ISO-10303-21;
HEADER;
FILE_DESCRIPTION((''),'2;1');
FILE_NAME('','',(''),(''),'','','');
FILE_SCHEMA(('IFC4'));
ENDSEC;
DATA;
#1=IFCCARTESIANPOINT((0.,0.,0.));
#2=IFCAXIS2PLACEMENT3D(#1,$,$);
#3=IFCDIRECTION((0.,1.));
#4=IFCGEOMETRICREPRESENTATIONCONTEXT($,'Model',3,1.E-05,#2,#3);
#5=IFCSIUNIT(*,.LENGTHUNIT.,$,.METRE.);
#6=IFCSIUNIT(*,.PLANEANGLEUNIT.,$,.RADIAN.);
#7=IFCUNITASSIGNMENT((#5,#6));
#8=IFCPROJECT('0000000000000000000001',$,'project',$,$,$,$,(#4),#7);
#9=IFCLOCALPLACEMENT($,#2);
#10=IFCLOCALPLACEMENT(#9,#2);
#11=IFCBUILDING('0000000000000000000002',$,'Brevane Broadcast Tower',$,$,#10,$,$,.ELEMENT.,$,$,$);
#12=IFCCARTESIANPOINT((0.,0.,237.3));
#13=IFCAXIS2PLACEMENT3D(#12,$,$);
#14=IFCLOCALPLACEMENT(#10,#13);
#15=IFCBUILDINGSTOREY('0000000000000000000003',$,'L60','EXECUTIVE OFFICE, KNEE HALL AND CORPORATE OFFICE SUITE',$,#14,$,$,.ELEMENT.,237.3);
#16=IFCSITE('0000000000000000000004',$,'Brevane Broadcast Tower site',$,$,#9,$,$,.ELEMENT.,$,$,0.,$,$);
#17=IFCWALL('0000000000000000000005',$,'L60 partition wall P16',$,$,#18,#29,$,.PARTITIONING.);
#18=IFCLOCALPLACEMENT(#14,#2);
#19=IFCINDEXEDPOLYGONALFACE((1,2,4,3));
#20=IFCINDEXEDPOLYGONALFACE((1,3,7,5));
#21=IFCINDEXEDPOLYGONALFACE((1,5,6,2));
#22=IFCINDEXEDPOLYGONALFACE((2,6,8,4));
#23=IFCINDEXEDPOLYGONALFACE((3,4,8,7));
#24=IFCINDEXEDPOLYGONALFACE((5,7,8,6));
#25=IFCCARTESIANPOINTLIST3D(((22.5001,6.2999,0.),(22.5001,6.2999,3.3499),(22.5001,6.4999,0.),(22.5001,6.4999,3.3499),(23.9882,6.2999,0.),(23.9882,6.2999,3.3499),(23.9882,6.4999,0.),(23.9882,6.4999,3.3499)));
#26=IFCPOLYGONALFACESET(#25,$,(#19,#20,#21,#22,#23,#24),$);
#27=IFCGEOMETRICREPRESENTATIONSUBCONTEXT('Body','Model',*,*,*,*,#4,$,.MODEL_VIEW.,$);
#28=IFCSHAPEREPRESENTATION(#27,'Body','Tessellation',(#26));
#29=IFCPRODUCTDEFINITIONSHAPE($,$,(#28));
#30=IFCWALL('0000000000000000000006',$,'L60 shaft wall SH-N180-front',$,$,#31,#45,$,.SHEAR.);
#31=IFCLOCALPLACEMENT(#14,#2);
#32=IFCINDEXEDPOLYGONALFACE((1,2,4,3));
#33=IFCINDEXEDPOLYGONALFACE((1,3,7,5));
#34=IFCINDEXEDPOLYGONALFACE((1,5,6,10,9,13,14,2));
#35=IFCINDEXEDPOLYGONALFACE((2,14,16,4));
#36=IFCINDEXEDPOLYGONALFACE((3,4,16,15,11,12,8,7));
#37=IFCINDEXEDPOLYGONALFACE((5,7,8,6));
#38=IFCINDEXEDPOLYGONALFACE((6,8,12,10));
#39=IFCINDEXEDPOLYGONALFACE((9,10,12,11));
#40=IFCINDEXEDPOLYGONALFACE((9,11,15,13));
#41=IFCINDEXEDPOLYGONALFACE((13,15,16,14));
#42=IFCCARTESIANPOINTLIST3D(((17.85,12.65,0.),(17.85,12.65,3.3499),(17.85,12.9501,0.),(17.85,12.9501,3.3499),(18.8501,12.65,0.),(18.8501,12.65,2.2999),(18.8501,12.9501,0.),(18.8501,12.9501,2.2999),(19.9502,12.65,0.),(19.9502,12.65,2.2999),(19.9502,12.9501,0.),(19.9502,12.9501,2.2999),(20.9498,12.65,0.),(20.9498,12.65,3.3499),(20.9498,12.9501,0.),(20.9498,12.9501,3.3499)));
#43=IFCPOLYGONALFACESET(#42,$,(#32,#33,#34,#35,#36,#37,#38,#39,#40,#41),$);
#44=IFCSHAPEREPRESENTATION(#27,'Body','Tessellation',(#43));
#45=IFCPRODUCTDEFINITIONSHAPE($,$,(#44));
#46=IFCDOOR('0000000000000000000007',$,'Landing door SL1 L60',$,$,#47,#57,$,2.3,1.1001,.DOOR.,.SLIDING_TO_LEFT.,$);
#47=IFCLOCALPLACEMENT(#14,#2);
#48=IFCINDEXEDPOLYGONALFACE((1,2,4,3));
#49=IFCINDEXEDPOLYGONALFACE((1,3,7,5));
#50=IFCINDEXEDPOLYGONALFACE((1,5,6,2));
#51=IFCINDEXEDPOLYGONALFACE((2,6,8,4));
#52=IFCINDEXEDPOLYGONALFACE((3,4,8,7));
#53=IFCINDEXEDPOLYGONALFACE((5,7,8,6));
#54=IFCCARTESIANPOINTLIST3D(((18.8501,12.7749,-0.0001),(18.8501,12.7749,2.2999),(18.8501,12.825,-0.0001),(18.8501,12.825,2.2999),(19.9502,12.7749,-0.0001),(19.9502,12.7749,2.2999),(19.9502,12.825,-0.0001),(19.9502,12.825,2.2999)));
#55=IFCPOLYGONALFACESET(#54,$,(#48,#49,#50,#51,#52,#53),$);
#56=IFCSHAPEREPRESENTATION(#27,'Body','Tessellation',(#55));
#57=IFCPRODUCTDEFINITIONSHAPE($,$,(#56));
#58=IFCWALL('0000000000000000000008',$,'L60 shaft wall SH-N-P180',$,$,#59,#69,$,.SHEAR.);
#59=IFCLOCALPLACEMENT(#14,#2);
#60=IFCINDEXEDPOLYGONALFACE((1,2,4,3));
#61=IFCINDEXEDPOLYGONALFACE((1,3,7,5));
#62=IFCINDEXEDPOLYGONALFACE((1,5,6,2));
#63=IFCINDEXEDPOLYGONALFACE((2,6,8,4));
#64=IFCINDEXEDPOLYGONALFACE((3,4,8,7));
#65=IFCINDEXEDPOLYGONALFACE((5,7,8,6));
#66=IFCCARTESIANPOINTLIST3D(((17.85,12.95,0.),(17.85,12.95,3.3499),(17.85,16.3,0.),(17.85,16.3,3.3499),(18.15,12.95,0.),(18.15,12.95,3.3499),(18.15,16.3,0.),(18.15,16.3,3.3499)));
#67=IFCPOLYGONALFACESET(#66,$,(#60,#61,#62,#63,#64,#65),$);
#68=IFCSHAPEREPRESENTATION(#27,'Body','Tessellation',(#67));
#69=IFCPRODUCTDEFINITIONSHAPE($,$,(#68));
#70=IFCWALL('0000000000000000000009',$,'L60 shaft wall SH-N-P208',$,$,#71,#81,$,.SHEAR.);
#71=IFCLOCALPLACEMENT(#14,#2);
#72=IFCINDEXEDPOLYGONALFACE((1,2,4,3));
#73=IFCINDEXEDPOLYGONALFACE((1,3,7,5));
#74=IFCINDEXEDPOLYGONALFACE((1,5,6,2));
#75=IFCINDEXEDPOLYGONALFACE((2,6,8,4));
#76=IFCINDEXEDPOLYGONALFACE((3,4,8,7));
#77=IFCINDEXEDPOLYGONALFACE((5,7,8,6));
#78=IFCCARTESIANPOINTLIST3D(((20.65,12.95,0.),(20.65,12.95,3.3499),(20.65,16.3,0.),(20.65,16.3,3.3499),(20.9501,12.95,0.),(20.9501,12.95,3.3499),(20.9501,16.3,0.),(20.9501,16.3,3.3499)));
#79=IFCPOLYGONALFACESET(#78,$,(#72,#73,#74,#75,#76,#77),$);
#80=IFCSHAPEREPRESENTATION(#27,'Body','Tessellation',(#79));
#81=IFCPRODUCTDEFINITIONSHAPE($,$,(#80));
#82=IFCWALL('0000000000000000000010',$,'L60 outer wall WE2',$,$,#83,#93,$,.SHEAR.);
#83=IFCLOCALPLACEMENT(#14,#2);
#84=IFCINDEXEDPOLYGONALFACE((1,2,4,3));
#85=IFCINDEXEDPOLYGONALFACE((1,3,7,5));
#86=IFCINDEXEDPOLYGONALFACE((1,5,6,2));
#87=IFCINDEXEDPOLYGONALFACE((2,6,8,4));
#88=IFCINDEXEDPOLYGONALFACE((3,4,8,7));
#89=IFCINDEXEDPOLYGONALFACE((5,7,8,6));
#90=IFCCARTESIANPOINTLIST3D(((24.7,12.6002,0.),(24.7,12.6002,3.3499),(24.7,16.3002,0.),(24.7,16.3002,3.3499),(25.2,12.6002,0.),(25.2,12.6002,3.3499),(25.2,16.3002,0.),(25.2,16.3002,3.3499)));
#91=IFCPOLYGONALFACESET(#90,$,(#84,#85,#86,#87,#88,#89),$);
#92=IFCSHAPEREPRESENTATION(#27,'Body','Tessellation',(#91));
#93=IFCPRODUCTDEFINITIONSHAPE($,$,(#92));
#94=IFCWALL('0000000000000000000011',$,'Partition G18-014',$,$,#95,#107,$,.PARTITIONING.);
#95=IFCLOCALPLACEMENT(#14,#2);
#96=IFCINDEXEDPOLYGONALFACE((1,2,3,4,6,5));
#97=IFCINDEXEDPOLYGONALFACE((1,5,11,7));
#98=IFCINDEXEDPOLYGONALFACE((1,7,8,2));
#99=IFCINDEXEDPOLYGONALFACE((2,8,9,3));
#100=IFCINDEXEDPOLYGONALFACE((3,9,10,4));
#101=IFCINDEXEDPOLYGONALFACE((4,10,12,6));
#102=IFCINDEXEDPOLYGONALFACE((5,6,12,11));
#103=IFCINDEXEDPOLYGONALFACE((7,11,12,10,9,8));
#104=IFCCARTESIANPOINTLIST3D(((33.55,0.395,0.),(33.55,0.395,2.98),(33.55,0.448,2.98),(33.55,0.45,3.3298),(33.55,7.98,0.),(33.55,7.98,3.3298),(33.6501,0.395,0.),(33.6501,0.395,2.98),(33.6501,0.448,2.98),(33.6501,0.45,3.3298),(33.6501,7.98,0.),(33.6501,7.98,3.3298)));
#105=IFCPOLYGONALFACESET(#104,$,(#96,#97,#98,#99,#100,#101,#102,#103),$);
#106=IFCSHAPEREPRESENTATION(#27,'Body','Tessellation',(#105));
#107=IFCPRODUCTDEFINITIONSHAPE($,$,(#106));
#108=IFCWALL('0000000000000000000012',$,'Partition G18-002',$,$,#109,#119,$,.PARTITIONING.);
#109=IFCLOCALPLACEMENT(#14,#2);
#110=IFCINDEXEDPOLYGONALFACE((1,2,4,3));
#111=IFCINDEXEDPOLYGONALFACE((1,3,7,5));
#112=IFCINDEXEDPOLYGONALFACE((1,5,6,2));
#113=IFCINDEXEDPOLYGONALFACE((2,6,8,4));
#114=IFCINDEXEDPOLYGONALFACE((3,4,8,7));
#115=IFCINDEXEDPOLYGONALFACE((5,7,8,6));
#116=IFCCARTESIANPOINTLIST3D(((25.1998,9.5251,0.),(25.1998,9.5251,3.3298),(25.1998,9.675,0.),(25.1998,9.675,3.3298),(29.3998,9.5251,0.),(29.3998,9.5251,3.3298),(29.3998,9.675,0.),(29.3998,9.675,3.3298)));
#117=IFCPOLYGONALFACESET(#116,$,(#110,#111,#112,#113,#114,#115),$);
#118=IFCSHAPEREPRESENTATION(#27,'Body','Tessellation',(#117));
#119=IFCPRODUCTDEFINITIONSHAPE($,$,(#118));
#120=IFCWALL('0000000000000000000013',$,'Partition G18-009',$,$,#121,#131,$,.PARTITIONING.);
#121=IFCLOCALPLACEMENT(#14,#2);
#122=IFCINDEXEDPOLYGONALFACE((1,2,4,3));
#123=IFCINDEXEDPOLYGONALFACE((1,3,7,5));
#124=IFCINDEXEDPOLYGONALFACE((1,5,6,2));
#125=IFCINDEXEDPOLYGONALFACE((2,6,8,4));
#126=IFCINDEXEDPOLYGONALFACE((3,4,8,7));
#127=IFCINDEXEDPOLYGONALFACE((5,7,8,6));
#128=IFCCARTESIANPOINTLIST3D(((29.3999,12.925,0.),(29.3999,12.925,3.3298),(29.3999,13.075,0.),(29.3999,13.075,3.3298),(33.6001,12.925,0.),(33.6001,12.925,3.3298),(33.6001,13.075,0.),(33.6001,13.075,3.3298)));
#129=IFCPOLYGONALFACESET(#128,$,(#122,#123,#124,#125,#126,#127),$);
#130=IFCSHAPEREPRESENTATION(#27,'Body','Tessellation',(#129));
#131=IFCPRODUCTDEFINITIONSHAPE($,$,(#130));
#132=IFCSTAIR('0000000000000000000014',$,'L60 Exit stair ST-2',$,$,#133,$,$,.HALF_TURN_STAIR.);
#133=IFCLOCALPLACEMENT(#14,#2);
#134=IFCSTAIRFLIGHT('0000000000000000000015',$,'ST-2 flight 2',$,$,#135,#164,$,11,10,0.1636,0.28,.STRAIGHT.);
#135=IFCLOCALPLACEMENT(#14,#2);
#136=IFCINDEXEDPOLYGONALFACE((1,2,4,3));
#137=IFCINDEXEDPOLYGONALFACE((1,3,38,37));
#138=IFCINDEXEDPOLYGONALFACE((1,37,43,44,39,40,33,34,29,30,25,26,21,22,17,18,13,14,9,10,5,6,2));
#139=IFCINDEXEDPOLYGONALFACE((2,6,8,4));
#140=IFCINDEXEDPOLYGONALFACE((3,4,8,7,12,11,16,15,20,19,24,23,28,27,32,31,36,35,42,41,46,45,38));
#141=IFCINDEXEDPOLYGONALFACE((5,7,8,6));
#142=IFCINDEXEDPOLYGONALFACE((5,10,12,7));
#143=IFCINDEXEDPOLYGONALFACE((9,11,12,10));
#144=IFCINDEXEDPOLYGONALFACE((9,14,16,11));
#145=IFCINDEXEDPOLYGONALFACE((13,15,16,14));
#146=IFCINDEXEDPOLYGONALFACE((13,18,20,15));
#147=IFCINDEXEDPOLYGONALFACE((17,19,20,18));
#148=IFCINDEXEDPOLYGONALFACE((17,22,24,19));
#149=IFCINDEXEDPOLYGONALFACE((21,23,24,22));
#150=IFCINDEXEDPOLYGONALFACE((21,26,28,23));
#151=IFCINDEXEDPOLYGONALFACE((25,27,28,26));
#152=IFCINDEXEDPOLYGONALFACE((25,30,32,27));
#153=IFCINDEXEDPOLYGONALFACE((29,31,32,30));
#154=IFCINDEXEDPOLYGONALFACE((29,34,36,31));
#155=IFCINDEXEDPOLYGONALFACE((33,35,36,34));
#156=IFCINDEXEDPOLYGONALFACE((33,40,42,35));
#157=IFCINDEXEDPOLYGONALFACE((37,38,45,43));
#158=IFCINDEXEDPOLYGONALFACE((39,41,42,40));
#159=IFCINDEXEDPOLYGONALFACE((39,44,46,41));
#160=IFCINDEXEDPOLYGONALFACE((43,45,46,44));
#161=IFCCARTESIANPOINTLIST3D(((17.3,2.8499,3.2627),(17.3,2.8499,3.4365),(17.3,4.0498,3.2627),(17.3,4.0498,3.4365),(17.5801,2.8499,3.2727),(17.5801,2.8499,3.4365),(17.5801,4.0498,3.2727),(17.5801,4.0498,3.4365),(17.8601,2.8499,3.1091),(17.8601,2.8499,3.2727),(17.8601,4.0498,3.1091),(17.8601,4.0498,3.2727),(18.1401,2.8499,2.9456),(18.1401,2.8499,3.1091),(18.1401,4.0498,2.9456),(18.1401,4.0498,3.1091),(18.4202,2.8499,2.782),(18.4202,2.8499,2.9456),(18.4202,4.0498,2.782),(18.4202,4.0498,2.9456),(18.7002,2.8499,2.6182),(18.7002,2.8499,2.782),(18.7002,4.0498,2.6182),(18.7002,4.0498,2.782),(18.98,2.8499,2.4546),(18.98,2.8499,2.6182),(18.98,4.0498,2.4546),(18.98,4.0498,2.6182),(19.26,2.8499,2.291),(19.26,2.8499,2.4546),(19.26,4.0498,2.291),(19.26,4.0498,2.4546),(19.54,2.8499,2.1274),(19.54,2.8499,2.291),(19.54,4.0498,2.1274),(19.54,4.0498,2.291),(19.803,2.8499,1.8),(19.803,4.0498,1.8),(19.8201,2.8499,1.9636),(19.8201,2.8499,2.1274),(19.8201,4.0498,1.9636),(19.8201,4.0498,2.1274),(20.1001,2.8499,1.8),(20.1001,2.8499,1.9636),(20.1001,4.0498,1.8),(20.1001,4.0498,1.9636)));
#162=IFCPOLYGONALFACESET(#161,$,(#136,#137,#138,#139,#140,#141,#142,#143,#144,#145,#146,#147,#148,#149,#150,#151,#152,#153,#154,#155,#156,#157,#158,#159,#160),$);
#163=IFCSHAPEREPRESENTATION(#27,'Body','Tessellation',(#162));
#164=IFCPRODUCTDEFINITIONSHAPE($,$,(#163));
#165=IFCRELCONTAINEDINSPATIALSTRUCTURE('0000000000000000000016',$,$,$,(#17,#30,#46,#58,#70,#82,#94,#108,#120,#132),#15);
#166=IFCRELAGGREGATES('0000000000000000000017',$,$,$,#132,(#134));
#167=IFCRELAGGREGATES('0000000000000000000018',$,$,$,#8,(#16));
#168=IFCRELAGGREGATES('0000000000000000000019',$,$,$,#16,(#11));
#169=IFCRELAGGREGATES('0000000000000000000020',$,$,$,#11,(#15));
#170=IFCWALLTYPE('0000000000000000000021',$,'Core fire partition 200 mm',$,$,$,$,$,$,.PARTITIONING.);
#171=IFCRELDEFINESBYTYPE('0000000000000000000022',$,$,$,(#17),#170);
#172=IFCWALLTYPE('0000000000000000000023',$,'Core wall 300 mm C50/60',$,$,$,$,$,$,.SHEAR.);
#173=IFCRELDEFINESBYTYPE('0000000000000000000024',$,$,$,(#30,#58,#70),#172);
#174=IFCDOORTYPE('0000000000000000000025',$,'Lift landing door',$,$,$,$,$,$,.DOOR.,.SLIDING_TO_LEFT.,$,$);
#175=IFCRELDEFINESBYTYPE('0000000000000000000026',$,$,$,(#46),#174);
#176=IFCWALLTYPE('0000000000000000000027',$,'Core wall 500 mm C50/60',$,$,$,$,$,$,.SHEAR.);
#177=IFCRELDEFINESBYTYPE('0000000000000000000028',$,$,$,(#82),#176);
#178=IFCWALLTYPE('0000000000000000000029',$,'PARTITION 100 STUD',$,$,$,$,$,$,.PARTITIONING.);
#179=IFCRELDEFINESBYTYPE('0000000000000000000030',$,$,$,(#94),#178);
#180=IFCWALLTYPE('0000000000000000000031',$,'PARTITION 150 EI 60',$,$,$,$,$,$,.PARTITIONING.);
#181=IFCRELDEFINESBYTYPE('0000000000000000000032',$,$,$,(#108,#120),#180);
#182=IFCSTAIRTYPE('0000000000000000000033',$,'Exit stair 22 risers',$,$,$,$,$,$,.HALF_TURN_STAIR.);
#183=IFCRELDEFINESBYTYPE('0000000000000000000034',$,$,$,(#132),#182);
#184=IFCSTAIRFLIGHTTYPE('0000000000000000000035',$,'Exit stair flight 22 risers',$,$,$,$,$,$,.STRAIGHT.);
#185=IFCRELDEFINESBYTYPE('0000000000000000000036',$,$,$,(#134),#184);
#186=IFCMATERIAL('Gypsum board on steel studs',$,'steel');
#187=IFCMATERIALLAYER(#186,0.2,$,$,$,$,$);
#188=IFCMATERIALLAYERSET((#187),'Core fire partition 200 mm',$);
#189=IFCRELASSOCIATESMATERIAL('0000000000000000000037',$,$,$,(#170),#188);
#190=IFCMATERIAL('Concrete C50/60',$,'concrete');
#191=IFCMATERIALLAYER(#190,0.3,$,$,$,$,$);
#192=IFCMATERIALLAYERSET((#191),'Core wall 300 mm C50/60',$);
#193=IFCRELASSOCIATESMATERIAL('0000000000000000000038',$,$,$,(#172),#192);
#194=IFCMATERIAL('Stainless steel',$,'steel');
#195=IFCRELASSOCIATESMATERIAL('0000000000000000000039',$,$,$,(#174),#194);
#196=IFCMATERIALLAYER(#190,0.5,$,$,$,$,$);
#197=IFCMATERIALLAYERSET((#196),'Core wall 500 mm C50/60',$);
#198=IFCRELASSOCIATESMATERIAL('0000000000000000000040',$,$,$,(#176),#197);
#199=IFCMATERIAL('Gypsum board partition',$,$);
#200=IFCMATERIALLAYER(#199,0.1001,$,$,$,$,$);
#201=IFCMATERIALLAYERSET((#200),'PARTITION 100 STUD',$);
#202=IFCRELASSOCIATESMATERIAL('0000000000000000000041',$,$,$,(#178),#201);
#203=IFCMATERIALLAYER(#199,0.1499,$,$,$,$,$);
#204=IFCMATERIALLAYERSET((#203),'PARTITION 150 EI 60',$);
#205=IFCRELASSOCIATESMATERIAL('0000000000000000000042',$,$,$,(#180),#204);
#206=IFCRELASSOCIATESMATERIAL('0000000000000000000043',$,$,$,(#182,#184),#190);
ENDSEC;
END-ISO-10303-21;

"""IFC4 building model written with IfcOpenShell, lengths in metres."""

from ifc_helpers import new_model, si_unit, direction, frame, frame_2d, origin, place, context, subcontext, project, spatial, polyline, rectangle, outline, extrude, material, layer, layer_set, type_object, element, fill, aggregate, save


model = new_model("IFC4")

# Units and contexts
model_context = context("Model", 3, precision=1e-05, world=origin(), true_north=direction((0.0, 1.0)))
body_context = subcontext(model_context, "Body", "Model", "MODEL_VIEW")
ifc_project = project(units=[si_unit("LENGTHUNIT", "METRE"), si_unit("PLANEANGLEUNIT", "RADIAN")], contexts=[model_context])

# Site, building, storey
site_placement = place(None, origin())
site = spatial("IfcSite", under=ifc_project, at=site_placement, Name="Brevane Broadcast Tower site", CompositionType="ELEMENT", RefElevation=0.0)
building_placement = place(site_placement, origin())
building = spatial("IfcBuilding", under=site, at=building_placement, Name="Brevane Broadcast Tower", CompositionType="ELEMENT")
storey_placement = place(building_placement, frame((0.0, 0.0, 237.3)))
storey = spatial("IfcBuildingStorey", under=building, at=storey_placement, Name="L60", Description="EXECUTIVE OFFICE, KNEE HALL AND CORPORATE OFFICE SUITE", CompositionType="ELEMENT", Elevation=237.3)

# Shared definitions
ifc_material_1 = material(Name="Concrete C50/60", Category="concrete")

# Shared definitions
ifc_material_2 = material(Name="Gypsum board on steel studs", Category="steel")

# Shared definitions
ifc_layer_1 = layer(ifc_material_2, 0.2)
ifc_layer_set_1 = layer_set([ifc_layer_1], Name="Core fire partition 200 mm")
wall_type_1 = type_object("IfcWallType", Name="Core fire partition 200 mm", PredefinedType="PARTITIONING", material=ifc_layer_set_1)

# Wall
wall_1_placement = place(storey_placement, frame((22.5, 6.3999, 0.0), z_axis=(0.0, 0.0, 1.0), x_axis=(1.0, 0.0, 0.0)))
element("IfcWall", 1, at=wall_1_placement, inside=storey, type_object=wall_type_1, Name="L60 partition wall P16", PredefinedType="PARTITIONING", context=body_context, shape_type="SweptSolid", body=[
    extrude(rectangle(XDim=1.488, YDim=0.2, at=frame_2d((0.7441, 0.0))), origin(), (0.0, 0.0, 1.0), 3.3499),
])

# Wall, opening, door
ifc_layer_2 = layer(ifc_material_1, 0.3)
ifc_layer_set_2 = layer_set([ifc_layer_2], Name="Core wall 300 mm C50/60")
wall_type_2 = type_object("IfcWallType", Name="Core wall 300 mm C50/60", PredefinedType="SHEAR", material=ifc_layer_set_2)
wall_2_placement = place(storey_placement, frame((17.8501, 12.8, 0.0), z_axis=(0.0, 0.0, 1.0), x_axis=(1.0, 0.0, 0.0)))
wall_2 = element("IfcWall", 2, at=wall_2_placement, inside=storey, type_object=wall_type_2, Name="L60 shaft wall SH-N180-front", PredefinedType="SHEAR", context=body_context, shape_type="SweptSolid", body=[
    extrude(rectangle(XDim=3.0999, YDim=0.3, at=frame_2d((1.5498, 0.0))), origin(), (0.0, 0.0, 1.0), 3.3499),
])
opening_1_placement = place(wall_2_placement, frame((1.0, 0.0, 0.0)))
opening_1 = element("IfcOpeningElement", 3, at=opening_1_placement, cuts=wall_2, PredefinedType="OPENING", context=body_context, shape_type="SweptSolid", body=[
    extrude(rectangle(XDim=1.1001, YDim=2.3, at=frame_2d((0.55, 1.1499))), frame((0.0, 0.1599, 0.0), z_axis=(0.0, -1.0, 0.0), x_axis=(1.0, 0.0, 0.0)), (0.0, 0.0, 1.0), 0.3201),
])
ifc_material_3 = material(Name="Stainless steel", Category="steel")
door_type_1 = type_object("IfcDoorType", Name="Lift landing door", OperationType="SLIDING_TO_LEFT", PredefinedType="DOOR", material=ifc_material_3)
door_1_placement = place(opening_1_placement, origin())
door_1 = element("IfcDoor", 4, at=door_1_placement, inside=storey, type_object=door_type_1, Name="Landing door SL1 L60", OperationType="SLIDING_TO_LEFT", OverallHeight=2.3, OverallWidth=1.1001, PredefinedType="DOOR", context=body_context, shape_type="SweptSolid", body=[
    extrude(rectangle(XDim=1.1001, YDim=2.3, at=frame_2d((0.55, 1.1499))), frame((0.0, 0.0249, 0.0), z_axis=(0.0, -1.0, 0.0), x_axis=(1.0, 0.0, 0.0)), (0.0, 0.0, 1.0), 0.05),
])
fill(opening_1, door_1)

# Walls
for number, where, z_axis, x_axis, name in (
    (5, (18.0, 12.95, 0.0), (0.0, 0.0, 1.0), (0.0, 1.0, 0.0), "L60 shaft wall SH-N-P180"),
    (6, (20.8, 12.95, 0.0), (0.0, 0.0, 1.0), (0.0, 1.0, 0.0), "L60 shaft wall SH-N-P208"),
):
    element("IfcWall", number, at=place(storey_placement, frame(where, z_axis=z_axis, x_axis=x_axis)), inside=storey, type_object=wall_type_2, Name=name, PredefinedType="SHEAR", context=body_context, shape_type="SweptSolid", body=[
        extrude(rectangle(XDim=3.3501, YDim=0.3, at=frame_2d((1.675, 0.0))), origin(), (0.0, 0.0, 1.0), 3.3499),
    ])
ifc_layer_3 = layer(ifc_material_1, 0.5)
ifc_layer_set_3 = layer_set([ifc_layer_3], Name="Core wall 500 mm C50/60")
wall_type_3 = type_object("IfcWallType", Name="Core wall 500 mm C50/60", PredefinedType="SHEAR", material=ifc_layer_set_3)
wall_3_placement = place(storey_placement, frame((24.95, 12.6001, 0.0), z_axis=(0.0, 0.0, 1.0), x_axis=(0.0, 1.0, 0.0)))
element("IfcWall", 7, at=wall_3_placement, inside=storey, type_object=wall_type_3, Name="L60 outer wall WE2", PredefinedType="SHEAR", context=body_context, shape_type="SweptSolid", body=[
    extrude(rectangle(XDim=3.7, YDim=0.5, at=frame_2d((1.8501, 0.0))), origin(), (0.0, 0.0, 1.0), 3.3499),
])
ifc_material_4 = material(Name="Gypsum board partition")
ifc_layer_4 = layer(ifc_material_4, 0.1001)
ifc_layer_set_4 = layer_set([ifc_layer_4], Name="PARTITION 100 STUD")
wall_type_4 = type_object("IfcWallType", Name="PARTITION 100 STUD", PredefinedType="PARTITIONING", material=ifc_layer_set_4)
wall_4_placement = place(storey_placement, frame((33.6001, 7.98, 0.0), z_axis=(0.0, 0.0, 1.0), x_axis=(0.0, -1.0, 0.0)))
element("IfcWall", 8, at=wall_4_placement, inside=storey, type_object=wall_type_4, Name="Partition G18-014", PredefinedType="PARTITIONING", context=body_context, shape_type="SweptSolid", body=[
    extrude(outline(polyline([(0.0, 0.0), (7.585, 0.0), (7.585, 2.98), (7.532, 2.98), (7.53, 3.3298), (0.0, 3.3298), (0.0, 0.0)])), frame((0.0, 0.05, 0.0), z_axis=(0.0, -1.0, 0.0), x_axis=(1.0, 0.0, 0.0)), (0.0, 0.0, 1.0), 0.1001),
])
ifc_layer_5 = layer(ifc_material_4, 0.1499)
ifc_layer_set_5 = layer_set([ifc_layer_5], Name="PARTITION 150 EI 60")
wall_type_5 = type_object("IfcWallType", Name="PARTITION 150 EI 60", PredefinedType="PARTITIONING", material=ifc_layer_set_5)
wall_5_placement = place(storey_placement, frame((29.3999, 9.6001, 0.0), z_axis=(0.0, 0.0, 1.0), x_axis=(-1.0, 0.0, 0.0)))
element("IfcWall", 9, at=wall_5_placement, inside=storey, type_object=wall_type_5, Name="Partition G18-002", PredefinedType="PARTITIONING", context=body_context, shape_type="SweptSolid", body=[
    extrude(rectangle(XDim=4.2, YDim=0.1499, at=frame_2d((2.1001, 0.0))), origin(), (0.0, 0.0, 1.0), 3.3298),
])
wall_6_placement = place(storey_placement, frame((29.3999, 13.0, 0.0), z_axis=(0.0, 0.0, 1.0), x_axis=(1.0, 0.0, 0.0)))
element("IfcWall", 10, at=wall_6_placement, inside=storey, type_object=wall_type_5, Name="Partition G18-009", PredefinedType="PARTITIONING", context=body_context, shape_type="SweptSolid", body=[
    extrude(rectangle(XDim=4.2002, YDim=0.1499, at=frame_2d((2.1001, 0.0))), origin(), (0.0, 0.0, 1.0), 3.3298),
])

# Stair, stair flight
stair_type = type_object("IfcStairType", Name="Exit stair 22 risers", PredefinedType="HALF_TURN_STAIR", material=ifc_material_1)
stair_placement = place(storey_placement, origin())
stair = element("IfcStair", 11, at=stair_placement, inside=storey, type_object=stair_type, Name="L60 Exit stair ST-2", PredefinedType="HALF_TURN_STAIR")
stair_flight_type = type_object("IfcStairFlightType", Name="Exit stair flight 22 risers", PredefinedType="STRAIGHT", material=ifc_material_1)
stair_flight_placement = place(storey_placement, frame((20.1001, 3.45, 1.8), z_axis=(0.0, 0.0, 1.0), x_axis=(-1.0, 0.0, 0.0)))
stair_flight = element("IfcStairFlight", 12, at=stair_flight_placement, type_object=stair_flight_type, Name="ST-2 flight 2", NumberOfRisers=11, NumberOfTreads=10, PredefinedType="STRAIGHT", RiserHeight=0.1636, TreadLength=0.28, context=body_context, shape_type="SweptSolid", body=[
    extrude(outline(polyline([(0.0, 0.0), (0.0, 0.1636), (0.28, 0.1636), (0.28, 0.3274), (0.5601, 0.3274), (0.5601, 0.491), (0.8401, 0.491), (0.8401, 0.6545), (1.1201, 0.6545), (1.1201, 0.8181), (1.3999, 0.8181), (1.3999, 0.9819), (1.6799, 0.9819), (1.6799, 1.1455), (1.96, 1.1455), (1.96, 1.3091), (2.24, 1.3091), (2.24, 1.4727), (2.52, 1.4727), (2.52, 1.6365), (2.8, 1.6365), (2.8, 1.8), (2.8, 1.4626), (0.2971, 0.0), (0.0, 0.0)])), frame((0.0, 0.6001, 0.0), z_axis=(0.0, -1.0, 0.0), x_axis=(1.0, 0.0, 0.0)), (0.0, 0.0, 1.0), 1.2),
])
aggregate(stair, [stair_flight])

save(model, "model.ifc")
